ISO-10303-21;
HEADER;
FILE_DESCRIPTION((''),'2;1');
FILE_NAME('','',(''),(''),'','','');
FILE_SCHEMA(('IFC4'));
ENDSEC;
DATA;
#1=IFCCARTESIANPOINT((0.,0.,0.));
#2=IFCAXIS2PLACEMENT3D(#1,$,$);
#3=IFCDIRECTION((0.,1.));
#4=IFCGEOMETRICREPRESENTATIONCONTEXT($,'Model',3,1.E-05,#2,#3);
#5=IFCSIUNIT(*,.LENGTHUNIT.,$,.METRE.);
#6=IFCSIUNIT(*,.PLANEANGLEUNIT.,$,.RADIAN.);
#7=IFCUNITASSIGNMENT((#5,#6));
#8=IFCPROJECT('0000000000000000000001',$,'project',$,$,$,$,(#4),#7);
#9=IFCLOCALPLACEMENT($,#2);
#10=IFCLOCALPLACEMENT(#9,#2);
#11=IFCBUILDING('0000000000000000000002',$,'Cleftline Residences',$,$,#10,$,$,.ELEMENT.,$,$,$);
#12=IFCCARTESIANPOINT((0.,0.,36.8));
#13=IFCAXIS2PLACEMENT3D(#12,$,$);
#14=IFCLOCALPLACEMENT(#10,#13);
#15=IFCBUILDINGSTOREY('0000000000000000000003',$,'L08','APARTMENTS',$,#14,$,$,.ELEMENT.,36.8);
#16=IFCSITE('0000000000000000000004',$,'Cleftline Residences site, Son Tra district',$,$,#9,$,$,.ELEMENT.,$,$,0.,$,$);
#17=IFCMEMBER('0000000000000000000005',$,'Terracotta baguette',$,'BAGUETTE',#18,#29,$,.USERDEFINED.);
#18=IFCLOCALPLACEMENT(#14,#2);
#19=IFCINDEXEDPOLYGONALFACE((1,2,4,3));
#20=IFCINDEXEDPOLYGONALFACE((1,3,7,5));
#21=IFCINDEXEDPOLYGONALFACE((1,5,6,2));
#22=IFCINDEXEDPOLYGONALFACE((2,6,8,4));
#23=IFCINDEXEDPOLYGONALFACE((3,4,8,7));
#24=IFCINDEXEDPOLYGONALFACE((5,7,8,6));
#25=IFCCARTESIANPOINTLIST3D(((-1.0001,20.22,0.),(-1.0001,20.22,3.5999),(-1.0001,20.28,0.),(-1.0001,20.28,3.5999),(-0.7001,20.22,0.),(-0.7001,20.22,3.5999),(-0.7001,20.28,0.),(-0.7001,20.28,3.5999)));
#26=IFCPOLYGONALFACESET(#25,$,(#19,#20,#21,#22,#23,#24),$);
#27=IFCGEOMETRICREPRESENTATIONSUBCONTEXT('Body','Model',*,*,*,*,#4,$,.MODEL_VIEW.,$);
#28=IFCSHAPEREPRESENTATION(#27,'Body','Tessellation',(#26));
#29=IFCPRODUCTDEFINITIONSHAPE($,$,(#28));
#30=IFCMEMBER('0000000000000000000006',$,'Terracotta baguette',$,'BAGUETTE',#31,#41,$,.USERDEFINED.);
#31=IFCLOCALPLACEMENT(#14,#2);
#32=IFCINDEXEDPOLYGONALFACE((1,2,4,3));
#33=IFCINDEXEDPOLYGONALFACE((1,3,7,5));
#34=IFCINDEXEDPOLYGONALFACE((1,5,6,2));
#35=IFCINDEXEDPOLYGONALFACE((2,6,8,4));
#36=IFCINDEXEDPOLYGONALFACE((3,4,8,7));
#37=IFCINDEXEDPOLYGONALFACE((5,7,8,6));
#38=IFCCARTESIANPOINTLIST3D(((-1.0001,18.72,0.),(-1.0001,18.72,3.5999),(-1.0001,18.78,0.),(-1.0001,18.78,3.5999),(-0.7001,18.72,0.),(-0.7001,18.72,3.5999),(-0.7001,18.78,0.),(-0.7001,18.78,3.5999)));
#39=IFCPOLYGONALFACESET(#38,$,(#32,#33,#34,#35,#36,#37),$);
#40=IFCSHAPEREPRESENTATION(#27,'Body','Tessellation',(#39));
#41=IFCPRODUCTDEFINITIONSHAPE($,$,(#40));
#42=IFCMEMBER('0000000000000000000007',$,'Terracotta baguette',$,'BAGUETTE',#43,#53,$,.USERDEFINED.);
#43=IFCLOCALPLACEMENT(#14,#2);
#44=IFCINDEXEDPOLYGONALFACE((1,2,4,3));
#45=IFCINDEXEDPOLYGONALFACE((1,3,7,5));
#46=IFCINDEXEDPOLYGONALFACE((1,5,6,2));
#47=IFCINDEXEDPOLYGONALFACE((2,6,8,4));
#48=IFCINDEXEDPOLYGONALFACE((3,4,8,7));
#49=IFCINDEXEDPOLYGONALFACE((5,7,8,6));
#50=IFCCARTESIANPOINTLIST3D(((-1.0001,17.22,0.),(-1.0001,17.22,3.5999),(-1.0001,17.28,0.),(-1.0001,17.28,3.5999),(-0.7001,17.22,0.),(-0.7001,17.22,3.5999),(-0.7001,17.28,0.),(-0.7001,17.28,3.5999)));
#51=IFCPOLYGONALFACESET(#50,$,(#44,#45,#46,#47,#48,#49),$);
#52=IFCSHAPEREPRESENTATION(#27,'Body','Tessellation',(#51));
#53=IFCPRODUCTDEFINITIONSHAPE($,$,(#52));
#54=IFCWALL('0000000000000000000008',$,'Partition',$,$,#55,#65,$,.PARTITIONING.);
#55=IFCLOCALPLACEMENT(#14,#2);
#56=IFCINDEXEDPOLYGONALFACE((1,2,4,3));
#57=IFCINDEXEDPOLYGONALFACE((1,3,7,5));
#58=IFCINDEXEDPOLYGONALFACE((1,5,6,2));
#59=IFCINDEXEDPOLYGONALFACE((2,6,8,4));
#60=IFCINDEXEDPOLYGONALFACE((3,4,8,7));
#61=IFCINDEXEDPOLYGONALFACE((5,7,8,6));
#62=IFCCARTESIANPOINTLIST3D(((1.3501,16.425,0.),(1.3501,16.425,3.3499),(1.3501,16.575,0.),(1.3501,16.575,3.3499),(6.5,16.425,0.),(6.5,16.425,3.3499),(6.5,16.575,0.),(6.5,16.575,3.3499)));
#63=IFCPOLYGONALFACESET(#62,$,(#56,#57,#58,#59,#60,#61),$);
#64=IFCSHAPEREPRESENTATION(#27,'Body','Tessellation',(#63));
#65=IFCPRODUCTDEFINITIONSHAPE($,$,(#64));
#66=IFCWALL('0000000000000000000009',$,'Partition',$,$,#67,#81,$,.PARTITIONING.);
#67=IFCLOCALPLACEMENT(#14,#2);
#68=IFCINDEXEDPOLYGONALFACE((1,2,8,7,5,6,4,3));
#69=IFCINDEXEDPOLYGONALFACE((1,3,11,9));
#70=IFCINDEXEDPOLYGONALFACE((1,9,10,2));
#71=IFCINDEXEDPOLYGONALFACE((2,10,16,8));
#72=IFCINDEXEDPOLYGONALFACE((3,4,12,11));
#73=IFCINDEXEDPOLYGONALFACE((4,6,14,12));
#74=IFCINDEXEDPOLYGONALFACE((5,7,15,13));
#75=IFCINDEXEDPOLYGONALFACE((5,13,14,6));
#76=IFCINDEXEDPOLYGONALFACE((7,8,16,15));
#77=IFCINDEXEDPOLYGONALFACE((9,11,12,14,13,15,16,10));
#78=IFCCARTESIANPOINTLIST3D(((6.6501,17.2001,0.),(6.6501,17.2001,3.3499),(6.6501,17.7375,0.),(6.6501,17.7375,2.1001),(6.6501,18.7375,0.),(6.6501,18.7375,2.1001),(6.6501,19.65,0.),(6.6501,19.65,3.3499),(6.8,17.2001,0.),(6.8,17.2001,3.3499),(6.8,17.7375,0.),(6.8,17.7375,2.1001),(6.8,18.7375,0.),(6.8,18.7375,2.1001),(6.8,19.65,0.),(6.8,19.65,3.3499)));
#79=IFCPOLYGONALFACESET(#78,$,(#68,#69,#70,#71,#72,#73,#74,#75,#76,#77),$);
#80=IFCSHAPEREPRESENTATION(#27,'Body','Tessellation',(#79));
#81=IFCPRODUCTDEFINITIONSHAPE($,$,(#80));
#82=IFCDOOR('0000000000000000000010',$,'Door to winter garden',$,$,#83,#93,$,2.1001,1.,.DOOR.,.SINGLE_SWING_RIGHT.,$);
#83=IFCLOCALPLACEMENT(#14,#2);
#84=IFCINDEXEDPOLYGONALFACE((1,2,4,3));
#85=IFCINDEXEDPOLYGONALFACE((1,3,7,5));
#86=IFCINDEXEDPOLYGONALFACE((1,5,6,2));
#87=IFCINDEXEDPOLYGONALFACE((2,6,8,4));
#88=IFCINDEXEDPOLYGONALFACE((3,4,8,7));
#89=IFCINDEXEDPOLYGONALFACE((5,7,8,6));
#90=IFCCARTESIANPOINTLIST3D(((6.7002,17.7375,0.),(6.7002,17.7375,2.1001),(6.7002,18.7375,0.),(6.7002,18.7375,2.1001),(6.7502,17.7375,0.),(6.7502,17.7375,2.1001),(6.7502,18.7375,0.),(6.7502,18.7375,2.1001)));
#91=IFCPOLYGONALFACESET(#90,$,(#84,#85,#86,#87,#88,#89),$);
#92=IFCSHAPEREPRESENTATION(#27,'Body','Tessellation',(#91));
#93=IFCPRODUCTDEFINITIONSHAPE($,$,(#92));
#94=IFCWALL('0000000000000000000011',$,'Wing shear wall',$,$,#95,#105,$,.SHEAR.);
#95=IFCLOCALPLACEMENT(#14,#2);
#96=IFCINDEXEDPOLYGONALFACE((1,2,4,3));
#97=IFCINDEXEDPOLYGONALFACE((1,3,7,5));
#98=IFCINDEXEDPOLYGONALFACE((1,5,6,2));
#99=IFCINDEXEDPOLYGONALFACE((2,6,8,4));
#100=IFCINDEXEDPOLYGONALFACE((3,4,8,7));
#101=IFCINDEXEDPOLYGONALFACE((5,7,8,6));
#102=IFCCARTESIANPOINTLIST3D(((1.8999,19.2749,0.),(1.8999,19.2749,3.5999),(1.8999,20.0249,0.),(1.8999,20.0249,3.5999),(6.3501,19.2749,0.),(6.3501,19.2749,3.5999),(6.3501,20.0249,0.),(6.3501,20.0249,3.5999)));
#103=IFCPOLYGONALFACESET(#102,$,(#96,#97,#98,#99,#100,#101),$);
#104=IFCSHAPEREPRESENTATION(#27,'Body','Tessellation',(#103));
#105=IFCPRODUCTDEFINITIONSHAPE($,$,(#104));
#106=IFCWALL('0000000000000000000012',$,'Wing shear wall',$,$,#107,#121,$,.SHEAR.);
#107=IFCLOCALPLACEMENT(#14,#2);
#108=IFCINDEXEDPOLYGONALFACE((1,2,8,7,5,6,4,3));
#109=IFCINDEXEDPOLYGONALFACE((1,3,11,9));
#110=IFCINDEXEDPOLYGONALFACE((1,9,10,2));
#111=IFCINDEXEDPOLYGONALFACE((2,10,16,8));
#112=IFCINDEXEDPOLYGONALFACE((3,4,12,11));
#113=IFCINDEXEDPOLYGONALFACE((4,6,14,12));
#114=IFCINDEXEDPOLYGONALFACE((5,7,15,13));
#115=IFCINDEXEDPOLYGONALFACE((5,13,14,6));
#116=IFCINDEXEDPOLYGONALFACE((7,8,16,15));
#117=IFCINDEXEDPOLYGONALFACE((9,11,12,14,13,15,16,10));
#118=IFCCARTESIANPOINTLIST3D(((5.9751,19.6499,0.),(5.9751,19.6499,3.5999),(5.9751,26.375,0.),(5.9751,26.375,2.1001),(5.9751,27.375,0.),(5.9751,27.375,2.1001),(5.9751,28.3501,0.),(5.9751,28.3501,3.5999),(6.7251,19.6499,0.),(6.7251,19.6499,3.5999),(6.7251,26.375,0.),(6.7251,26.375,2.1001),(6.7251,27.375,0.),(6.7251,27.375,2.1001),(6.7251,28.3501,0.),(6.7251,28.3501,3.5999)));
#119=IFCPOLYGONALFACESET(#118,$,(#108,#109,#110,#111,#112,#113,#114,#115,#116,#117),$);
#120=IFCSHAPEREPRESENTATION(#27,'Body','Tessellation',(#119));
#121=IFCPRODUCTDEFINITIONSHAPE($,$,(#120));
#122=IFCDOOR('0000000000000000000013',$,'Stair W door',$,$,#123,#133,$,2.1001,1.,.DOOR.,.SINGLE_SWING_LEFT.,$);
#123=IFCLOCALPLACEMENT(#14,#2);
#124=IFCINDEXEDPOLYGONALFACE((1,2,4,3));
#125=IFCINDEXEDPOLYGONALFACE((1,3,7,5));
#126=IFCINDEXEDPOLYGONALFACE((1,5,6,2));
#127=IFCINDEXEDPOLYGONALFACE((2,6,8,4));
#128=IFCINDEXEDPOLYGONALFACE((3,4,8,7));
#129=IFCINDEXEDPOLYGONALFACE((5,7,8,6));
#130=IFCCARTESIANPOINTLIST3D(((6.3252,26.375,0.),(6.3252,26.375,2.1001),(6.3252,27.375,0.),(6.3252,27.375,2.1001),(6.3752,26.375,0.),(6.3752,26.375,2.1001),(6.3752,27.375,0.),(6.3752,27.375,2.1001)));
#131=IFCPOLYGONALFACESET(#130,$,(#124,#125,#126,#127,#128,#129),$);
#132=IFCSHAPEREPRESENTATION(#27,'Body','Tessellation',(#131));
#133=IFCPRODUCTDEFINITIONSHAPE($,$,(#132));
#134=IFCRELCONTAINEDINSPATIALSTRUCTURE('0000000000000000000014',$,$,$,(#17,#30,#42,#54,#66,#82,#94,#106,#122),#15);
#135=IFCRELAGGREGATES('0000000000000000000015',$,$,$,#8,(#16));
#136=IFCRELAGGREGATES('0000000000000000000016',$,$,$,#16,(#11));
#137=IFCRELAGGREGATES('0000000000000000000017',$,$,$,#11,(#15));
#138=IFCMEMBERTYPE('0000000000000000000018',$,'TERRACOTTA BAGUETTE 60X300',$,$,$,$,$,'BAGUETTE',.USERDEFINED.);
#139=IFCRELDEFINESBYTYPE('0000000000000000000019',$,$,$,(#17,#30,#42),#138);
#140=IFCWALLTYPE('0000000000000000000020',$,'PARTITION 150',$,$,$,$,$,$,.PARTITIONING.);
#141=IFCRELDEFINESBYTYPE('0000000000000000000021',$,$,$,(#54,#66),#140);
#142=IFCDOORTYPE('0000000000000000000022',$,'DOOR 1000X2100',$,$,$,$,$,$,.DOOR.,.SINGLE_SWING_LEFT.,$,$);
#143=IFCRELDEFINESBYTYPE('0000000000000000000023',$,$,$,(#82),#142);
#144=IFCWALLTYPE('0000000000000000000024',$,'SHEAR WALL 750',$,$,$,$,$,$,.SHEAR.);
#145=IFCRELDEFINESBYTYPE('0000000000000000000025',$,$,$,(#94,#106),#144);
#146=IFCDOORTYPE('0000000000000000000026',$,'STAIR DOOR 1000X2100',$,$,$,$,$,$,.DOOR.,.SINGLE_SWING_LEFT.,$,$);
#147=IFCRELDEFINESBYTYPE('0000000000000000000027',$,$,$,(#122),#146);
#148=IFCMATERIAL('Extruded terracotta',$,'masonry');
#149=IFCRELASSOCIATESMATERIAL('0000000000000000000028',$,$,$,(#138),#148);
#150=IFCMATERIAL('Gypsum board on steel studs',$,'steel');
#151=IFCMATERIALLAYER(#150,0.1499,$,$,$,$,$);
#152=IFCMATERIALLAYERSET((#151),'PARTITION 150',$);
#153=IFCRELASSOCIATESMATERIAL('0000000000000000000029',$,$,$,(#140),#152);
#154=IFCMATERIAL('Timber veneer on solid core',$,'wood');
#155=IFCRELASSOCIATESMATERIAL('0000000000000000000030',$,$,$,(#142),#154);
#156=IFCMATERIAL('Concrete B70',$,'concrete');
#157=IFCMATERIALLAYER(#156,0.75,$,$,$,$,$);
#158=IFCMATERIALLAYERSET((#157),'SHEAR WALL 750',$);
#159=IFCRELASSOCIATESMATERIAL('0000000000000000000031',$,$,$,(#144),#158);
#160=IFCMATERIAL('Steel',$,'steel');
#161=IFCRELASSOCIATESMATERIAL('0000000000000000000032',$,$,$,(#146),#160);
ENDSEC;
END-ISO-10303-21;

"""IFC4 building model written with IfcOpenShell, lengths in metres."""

from ifc_helpers import new_model, si_unit, direction, frame, frame_2d, origin, origin_2d, place, context, subcontext, project, spatial, rectangle, extrude, material, layer, layer_set, material_profile, profile_set, type_object, element, fill, save


model = new_model("IFC4")

# Units and contexts
model_context = context("Model", 3, precision=1e-05, world=origin(), true_north=direction((0.0, 1.0)))
body_context = subcontext(model_context, "Body", "Model", "MODEL_VIEW")
ifc_project = project(units=[si_unit("LENGTHUNIT", "METRE"), si_unit("PLANEANGLEUNIT", "RADIAN")], contexts=[model_context])

# Site, building, storey
site_placement = place(None, origin())
site = spatial("IfcSite", under=ifc_project, at=site_placement, Name="Cleftline Residences site, Son Tra district", CompositionType="ELEMENT", RefElevation=0.0)
building_placement = place(site_placement, origin())
building = spatial("IfcBuilding", under=site, at=building_placement, Name="Cleftline Residences", CompositionType="ELEMENT")
storey_placement = place(building_placement, frame((0.0, 0.0, 36.8)))
storey = spatial("IfcBuildingStorey", under=building, at=storey_placement, Name="L08", Description="APARTMENTS", CompositionType="ELEMENT", Elevation=36.8)

# Members
ifc_material_1 = material(Name="Extruded terracotta", Category="masonry")
ifc_material_profile_1 = material_profile(ifc_material_1, rectangle(XDim=0.0601, YDim=0.3, at=origin_2d()))
ifc_profile_set_1 = profile_set([ifc_material_profile_1], Name="Extruded terracotta")
member_type = type_object("IfcMemberType", Name="TERRACOTTA BAGUETTE 60X300", ElementType="BAGUETTE", PredefinedType="USERDEFINED", material=ifc_profile_set_1)
for number, where, z_axis, x_axis, name in (
    (1, (-0.8501, 20.25, 0.0), (0.0, 0.0, 1.0), (0.0, 1.0, 0.0), "Terracotta baguette"),
    (2, (-0.8501, 18.75, 0.0), (0.0, 0.0, 1.0), (0.0, 1.0, 0.0), "Terracotta baguette"),
    (3, (-0.8501, 17.25, 0.0), (0.0, 0.0, 1.0), (0.0, 1.0, 0.0), "Terracotta baguette"),
):
    element("IfcMember", number, at=place(storey_placement, frame(where, z_axis=z_axis, x_axis=x_axis)), inside=storey, type_object=member_type, Name=name, ObjectType="BAGUETTE", PredefinedType="USERDEFINED", context=body_context, shape_type="SweptSolid", body=[
        extrude(rectangle(XDim=0.0601, YDim=0.3, at=origin_2d()), origin(), (0.0, 0.0, 1.0), 3.5999),
    ])

# Wall
ifc_material_2 = material(Name="Gypsum board on steel studs", Category="steel")
ifc_layer_1 = layer(ifc_material_2, 0.1499)
ifc_layer_set_1 = layer_set([ifc_layer_1], Name="PARTITION 150")
wall_type_1 = type_object("IfcWallType", Name="PARTITION 150", PredefinedType="PARTITIONING", material=ifc_layer_set_1)
wall_1_placement = place(storey_placement, frame((1.3501, 16.5, 0.0), z_axis=(0.0, 0.0, 1.0), x_axis=(1.0, 0.0, 0.0)))
element("IfcWall", 4, at=wall_1_placement, inside=storey, type_object=wall_type_1, Name="Partition", PredefinedType="PARTITIONING", context=body_context, shape_type="SweptSolid", body=[
    extrude(rectangle(XDim=5.1499, YDim=0.1499, at=frame_2d((2.575, 0.0))), origin(), (0.0, 0.0, 1.0), 3.3499),
])

# Wall, opening, door
wall_2_placement = place(storey_placement, frame((6.7251, 17.2, 0.0), z_axis=(0.0, 0.0, 1.0), x_axis=(0.0, 1.0, 0.0)))
wall_2 = element("IfcWall", 5, at=wall_2_placement, inside=storey, type_object=wall_type_1, Name="Partition", PredefinedType="PARTITIONING", context=body_context, shape_type="SweptSolid", body=[
    extrude(rectangle(XDim=2.45, YDim=0.1499, at=frame_2d((1.2251, 0.0))), origin(), (0.0, 0.0, 1.0), 3.3499),
])
opening_1_placement = place(wall_2_placement, frame((0.5376, 0.0, 0.0)))
opening_1 = element("IfcOpeningElement", 6, at=opening_1_placement, cuts=wall_2, PredefinedType="OPENING", context=body_context, shape_type="SweptSolid", body=[
    extrude(rectangle(XDim=1.0, YDim=2.1001, at=frame_2d((0.5, 1.05))), frame((0.0, 0.085, 0.0), z_axis=(0.0, -1.0, 0.0), x_axis=(1.0, 0.0, 0.0)), (0.0, 0.0, 1.0), 0.1699),
])
ifc_material_3 = material(Name="Timber veneer on solid core", Category="wood")
door_type_1 = type_object("IfcDoorType", Name="DOOR 1000X2100", OperationType="SINGLE_SWING_LEFT", PredefinedType="DOOR", material=ifc_material_3)
door_1_placement = place(opening_1_placement, origin())
door_1 = element("IfcDoor", 7, at=door_1_placement, inside=storey, type_object=door_type_1, Name="Door to winter garden", OperationType="SINGLE_SWING_RIGHT", OverallHeight=2.1001, OverallWidth=1.0, PredefinedType="DOOR", context=body_context, shape_type="SweptSolid", body=[
    extrude(rectangle(XDim=1.0, YDim=2.1001, at=frame_2d((0.5, 1.05))), frame((0.0, 0.0249, 0.0), z_axis=(0.0, -1.0, 0.0), x_axis=(1.0, 0.0, 0.0)), (0.0, 0.0, 1.0), 0.05),
])
fill(opening_1, door_1)

# Wall
ifc_material_4 = material(Name="Concrete B70", Category="concrete")
ifc_layer_2 = layer(ifc_material_4, 0.75)
ifc_layer_set_2 = layer_set([ifc_layer_2], Name="SHEAR WALL 750")
wall_type_2 = type_object("IfcWallType", Name="SHEAR WALL 750", PredefinedType="SHEAR", material=ifc_layer_set_2)
wall_3_placement = place(storey_placement, frame((1.8999, 19.6499, 0.0), z_axis=(0.0, 0.0, 1.0), x_axis=(1.0, 0.0, 0.0)))
element("IfcWall", 8, at=wall_3_placement, inside=storey, type_object=wall_type_2, Name="Wing shear wall", PredefinedType="SHEAR", context=body_context, shape_type="SweptSolid", body=[
    extrude(rectangle(XDim=4.4502, YDim=0.75, at=frame_2d((2.2251, 0.0))), origin(), (0.0, 0.0, 1.0), 3.5999),
])

# Wall, opening, door
wall_4_placement = place(storey_placement, frame((6.3501, 19.6499, 0.0), z_axis=(0.0, 0.0, 1.0), x_axis=(0.0, 1.0, 0.0)))
wall_4 = element("IfcWall", 9, at=wall_4_placement, inside=storey, type_object=wall_type_2, Name="Wing shear wall", PredefinedType="SHEAR", context=body_context, shape_type="SweptSolid", body=[
    extrude(rectangle(XDim=8.7002, YDim=0.75, at=frame_2d((4.3501, 0.0))), origin(), (0.0, 0.0, 1.0), 3.5999),
])
opening_2_placement = place(wall_4_placement, frame((6.7251, 0.0, 0.0)))
opening_2 = element("IfcOpeningElement", 10, at=opening_2_placement, cuts=wall_4, PredefinedType="OPENING", context=body_context, shape_type="SweptSolid", body=[
    extrude(rectangle(XDim=1.0, YDim=2.1001, at=frame_2d((0.5, 1.05))), frame((0.0, 0.385, 0.0), z_axis=(0.0, -1.0, 0.0), x_axis=(1.0, 0.0, 0.0)), (0.0, 0.0, 1.0), 0.77),
])
ifc_material_5 = material(Name="Steel", Category="steel")
door_type_2 = type_object("IfcDoorType", Name="STAIR DOOR 1000X2100", OperationType="SINGLE_SWING_LEFT", PredefinedType="DOOR", material=ifc_material_5)
door_2_placement = place(opening_2_placement, origin())
door_2 = element("IfcDoor", 11, at=door_2_placement, inside=storey, type_object=door_type_2, Name="Stair W door", OperationType="SINGLE_SWING_LEFT", OverallHeight=2.1001, OverallWidth=1.0, PredefinedType="DOOR", context=body_context, shape_type="SweptSolid", body=[
    extrude(rectangle(XDim=1.0, YDim=2.1001, at=frame_2d((0.5, 1.05))), frame((0.0, 0.0249, 0.0), z_axis=(0.0, -1.0, 0.0), x_axis=(1.0, 0.0, 0.0)), (0.0, 0.0, 1.0), 0.05),
])
fill(opening_2, door_2)

save(model, "model.ifc")
